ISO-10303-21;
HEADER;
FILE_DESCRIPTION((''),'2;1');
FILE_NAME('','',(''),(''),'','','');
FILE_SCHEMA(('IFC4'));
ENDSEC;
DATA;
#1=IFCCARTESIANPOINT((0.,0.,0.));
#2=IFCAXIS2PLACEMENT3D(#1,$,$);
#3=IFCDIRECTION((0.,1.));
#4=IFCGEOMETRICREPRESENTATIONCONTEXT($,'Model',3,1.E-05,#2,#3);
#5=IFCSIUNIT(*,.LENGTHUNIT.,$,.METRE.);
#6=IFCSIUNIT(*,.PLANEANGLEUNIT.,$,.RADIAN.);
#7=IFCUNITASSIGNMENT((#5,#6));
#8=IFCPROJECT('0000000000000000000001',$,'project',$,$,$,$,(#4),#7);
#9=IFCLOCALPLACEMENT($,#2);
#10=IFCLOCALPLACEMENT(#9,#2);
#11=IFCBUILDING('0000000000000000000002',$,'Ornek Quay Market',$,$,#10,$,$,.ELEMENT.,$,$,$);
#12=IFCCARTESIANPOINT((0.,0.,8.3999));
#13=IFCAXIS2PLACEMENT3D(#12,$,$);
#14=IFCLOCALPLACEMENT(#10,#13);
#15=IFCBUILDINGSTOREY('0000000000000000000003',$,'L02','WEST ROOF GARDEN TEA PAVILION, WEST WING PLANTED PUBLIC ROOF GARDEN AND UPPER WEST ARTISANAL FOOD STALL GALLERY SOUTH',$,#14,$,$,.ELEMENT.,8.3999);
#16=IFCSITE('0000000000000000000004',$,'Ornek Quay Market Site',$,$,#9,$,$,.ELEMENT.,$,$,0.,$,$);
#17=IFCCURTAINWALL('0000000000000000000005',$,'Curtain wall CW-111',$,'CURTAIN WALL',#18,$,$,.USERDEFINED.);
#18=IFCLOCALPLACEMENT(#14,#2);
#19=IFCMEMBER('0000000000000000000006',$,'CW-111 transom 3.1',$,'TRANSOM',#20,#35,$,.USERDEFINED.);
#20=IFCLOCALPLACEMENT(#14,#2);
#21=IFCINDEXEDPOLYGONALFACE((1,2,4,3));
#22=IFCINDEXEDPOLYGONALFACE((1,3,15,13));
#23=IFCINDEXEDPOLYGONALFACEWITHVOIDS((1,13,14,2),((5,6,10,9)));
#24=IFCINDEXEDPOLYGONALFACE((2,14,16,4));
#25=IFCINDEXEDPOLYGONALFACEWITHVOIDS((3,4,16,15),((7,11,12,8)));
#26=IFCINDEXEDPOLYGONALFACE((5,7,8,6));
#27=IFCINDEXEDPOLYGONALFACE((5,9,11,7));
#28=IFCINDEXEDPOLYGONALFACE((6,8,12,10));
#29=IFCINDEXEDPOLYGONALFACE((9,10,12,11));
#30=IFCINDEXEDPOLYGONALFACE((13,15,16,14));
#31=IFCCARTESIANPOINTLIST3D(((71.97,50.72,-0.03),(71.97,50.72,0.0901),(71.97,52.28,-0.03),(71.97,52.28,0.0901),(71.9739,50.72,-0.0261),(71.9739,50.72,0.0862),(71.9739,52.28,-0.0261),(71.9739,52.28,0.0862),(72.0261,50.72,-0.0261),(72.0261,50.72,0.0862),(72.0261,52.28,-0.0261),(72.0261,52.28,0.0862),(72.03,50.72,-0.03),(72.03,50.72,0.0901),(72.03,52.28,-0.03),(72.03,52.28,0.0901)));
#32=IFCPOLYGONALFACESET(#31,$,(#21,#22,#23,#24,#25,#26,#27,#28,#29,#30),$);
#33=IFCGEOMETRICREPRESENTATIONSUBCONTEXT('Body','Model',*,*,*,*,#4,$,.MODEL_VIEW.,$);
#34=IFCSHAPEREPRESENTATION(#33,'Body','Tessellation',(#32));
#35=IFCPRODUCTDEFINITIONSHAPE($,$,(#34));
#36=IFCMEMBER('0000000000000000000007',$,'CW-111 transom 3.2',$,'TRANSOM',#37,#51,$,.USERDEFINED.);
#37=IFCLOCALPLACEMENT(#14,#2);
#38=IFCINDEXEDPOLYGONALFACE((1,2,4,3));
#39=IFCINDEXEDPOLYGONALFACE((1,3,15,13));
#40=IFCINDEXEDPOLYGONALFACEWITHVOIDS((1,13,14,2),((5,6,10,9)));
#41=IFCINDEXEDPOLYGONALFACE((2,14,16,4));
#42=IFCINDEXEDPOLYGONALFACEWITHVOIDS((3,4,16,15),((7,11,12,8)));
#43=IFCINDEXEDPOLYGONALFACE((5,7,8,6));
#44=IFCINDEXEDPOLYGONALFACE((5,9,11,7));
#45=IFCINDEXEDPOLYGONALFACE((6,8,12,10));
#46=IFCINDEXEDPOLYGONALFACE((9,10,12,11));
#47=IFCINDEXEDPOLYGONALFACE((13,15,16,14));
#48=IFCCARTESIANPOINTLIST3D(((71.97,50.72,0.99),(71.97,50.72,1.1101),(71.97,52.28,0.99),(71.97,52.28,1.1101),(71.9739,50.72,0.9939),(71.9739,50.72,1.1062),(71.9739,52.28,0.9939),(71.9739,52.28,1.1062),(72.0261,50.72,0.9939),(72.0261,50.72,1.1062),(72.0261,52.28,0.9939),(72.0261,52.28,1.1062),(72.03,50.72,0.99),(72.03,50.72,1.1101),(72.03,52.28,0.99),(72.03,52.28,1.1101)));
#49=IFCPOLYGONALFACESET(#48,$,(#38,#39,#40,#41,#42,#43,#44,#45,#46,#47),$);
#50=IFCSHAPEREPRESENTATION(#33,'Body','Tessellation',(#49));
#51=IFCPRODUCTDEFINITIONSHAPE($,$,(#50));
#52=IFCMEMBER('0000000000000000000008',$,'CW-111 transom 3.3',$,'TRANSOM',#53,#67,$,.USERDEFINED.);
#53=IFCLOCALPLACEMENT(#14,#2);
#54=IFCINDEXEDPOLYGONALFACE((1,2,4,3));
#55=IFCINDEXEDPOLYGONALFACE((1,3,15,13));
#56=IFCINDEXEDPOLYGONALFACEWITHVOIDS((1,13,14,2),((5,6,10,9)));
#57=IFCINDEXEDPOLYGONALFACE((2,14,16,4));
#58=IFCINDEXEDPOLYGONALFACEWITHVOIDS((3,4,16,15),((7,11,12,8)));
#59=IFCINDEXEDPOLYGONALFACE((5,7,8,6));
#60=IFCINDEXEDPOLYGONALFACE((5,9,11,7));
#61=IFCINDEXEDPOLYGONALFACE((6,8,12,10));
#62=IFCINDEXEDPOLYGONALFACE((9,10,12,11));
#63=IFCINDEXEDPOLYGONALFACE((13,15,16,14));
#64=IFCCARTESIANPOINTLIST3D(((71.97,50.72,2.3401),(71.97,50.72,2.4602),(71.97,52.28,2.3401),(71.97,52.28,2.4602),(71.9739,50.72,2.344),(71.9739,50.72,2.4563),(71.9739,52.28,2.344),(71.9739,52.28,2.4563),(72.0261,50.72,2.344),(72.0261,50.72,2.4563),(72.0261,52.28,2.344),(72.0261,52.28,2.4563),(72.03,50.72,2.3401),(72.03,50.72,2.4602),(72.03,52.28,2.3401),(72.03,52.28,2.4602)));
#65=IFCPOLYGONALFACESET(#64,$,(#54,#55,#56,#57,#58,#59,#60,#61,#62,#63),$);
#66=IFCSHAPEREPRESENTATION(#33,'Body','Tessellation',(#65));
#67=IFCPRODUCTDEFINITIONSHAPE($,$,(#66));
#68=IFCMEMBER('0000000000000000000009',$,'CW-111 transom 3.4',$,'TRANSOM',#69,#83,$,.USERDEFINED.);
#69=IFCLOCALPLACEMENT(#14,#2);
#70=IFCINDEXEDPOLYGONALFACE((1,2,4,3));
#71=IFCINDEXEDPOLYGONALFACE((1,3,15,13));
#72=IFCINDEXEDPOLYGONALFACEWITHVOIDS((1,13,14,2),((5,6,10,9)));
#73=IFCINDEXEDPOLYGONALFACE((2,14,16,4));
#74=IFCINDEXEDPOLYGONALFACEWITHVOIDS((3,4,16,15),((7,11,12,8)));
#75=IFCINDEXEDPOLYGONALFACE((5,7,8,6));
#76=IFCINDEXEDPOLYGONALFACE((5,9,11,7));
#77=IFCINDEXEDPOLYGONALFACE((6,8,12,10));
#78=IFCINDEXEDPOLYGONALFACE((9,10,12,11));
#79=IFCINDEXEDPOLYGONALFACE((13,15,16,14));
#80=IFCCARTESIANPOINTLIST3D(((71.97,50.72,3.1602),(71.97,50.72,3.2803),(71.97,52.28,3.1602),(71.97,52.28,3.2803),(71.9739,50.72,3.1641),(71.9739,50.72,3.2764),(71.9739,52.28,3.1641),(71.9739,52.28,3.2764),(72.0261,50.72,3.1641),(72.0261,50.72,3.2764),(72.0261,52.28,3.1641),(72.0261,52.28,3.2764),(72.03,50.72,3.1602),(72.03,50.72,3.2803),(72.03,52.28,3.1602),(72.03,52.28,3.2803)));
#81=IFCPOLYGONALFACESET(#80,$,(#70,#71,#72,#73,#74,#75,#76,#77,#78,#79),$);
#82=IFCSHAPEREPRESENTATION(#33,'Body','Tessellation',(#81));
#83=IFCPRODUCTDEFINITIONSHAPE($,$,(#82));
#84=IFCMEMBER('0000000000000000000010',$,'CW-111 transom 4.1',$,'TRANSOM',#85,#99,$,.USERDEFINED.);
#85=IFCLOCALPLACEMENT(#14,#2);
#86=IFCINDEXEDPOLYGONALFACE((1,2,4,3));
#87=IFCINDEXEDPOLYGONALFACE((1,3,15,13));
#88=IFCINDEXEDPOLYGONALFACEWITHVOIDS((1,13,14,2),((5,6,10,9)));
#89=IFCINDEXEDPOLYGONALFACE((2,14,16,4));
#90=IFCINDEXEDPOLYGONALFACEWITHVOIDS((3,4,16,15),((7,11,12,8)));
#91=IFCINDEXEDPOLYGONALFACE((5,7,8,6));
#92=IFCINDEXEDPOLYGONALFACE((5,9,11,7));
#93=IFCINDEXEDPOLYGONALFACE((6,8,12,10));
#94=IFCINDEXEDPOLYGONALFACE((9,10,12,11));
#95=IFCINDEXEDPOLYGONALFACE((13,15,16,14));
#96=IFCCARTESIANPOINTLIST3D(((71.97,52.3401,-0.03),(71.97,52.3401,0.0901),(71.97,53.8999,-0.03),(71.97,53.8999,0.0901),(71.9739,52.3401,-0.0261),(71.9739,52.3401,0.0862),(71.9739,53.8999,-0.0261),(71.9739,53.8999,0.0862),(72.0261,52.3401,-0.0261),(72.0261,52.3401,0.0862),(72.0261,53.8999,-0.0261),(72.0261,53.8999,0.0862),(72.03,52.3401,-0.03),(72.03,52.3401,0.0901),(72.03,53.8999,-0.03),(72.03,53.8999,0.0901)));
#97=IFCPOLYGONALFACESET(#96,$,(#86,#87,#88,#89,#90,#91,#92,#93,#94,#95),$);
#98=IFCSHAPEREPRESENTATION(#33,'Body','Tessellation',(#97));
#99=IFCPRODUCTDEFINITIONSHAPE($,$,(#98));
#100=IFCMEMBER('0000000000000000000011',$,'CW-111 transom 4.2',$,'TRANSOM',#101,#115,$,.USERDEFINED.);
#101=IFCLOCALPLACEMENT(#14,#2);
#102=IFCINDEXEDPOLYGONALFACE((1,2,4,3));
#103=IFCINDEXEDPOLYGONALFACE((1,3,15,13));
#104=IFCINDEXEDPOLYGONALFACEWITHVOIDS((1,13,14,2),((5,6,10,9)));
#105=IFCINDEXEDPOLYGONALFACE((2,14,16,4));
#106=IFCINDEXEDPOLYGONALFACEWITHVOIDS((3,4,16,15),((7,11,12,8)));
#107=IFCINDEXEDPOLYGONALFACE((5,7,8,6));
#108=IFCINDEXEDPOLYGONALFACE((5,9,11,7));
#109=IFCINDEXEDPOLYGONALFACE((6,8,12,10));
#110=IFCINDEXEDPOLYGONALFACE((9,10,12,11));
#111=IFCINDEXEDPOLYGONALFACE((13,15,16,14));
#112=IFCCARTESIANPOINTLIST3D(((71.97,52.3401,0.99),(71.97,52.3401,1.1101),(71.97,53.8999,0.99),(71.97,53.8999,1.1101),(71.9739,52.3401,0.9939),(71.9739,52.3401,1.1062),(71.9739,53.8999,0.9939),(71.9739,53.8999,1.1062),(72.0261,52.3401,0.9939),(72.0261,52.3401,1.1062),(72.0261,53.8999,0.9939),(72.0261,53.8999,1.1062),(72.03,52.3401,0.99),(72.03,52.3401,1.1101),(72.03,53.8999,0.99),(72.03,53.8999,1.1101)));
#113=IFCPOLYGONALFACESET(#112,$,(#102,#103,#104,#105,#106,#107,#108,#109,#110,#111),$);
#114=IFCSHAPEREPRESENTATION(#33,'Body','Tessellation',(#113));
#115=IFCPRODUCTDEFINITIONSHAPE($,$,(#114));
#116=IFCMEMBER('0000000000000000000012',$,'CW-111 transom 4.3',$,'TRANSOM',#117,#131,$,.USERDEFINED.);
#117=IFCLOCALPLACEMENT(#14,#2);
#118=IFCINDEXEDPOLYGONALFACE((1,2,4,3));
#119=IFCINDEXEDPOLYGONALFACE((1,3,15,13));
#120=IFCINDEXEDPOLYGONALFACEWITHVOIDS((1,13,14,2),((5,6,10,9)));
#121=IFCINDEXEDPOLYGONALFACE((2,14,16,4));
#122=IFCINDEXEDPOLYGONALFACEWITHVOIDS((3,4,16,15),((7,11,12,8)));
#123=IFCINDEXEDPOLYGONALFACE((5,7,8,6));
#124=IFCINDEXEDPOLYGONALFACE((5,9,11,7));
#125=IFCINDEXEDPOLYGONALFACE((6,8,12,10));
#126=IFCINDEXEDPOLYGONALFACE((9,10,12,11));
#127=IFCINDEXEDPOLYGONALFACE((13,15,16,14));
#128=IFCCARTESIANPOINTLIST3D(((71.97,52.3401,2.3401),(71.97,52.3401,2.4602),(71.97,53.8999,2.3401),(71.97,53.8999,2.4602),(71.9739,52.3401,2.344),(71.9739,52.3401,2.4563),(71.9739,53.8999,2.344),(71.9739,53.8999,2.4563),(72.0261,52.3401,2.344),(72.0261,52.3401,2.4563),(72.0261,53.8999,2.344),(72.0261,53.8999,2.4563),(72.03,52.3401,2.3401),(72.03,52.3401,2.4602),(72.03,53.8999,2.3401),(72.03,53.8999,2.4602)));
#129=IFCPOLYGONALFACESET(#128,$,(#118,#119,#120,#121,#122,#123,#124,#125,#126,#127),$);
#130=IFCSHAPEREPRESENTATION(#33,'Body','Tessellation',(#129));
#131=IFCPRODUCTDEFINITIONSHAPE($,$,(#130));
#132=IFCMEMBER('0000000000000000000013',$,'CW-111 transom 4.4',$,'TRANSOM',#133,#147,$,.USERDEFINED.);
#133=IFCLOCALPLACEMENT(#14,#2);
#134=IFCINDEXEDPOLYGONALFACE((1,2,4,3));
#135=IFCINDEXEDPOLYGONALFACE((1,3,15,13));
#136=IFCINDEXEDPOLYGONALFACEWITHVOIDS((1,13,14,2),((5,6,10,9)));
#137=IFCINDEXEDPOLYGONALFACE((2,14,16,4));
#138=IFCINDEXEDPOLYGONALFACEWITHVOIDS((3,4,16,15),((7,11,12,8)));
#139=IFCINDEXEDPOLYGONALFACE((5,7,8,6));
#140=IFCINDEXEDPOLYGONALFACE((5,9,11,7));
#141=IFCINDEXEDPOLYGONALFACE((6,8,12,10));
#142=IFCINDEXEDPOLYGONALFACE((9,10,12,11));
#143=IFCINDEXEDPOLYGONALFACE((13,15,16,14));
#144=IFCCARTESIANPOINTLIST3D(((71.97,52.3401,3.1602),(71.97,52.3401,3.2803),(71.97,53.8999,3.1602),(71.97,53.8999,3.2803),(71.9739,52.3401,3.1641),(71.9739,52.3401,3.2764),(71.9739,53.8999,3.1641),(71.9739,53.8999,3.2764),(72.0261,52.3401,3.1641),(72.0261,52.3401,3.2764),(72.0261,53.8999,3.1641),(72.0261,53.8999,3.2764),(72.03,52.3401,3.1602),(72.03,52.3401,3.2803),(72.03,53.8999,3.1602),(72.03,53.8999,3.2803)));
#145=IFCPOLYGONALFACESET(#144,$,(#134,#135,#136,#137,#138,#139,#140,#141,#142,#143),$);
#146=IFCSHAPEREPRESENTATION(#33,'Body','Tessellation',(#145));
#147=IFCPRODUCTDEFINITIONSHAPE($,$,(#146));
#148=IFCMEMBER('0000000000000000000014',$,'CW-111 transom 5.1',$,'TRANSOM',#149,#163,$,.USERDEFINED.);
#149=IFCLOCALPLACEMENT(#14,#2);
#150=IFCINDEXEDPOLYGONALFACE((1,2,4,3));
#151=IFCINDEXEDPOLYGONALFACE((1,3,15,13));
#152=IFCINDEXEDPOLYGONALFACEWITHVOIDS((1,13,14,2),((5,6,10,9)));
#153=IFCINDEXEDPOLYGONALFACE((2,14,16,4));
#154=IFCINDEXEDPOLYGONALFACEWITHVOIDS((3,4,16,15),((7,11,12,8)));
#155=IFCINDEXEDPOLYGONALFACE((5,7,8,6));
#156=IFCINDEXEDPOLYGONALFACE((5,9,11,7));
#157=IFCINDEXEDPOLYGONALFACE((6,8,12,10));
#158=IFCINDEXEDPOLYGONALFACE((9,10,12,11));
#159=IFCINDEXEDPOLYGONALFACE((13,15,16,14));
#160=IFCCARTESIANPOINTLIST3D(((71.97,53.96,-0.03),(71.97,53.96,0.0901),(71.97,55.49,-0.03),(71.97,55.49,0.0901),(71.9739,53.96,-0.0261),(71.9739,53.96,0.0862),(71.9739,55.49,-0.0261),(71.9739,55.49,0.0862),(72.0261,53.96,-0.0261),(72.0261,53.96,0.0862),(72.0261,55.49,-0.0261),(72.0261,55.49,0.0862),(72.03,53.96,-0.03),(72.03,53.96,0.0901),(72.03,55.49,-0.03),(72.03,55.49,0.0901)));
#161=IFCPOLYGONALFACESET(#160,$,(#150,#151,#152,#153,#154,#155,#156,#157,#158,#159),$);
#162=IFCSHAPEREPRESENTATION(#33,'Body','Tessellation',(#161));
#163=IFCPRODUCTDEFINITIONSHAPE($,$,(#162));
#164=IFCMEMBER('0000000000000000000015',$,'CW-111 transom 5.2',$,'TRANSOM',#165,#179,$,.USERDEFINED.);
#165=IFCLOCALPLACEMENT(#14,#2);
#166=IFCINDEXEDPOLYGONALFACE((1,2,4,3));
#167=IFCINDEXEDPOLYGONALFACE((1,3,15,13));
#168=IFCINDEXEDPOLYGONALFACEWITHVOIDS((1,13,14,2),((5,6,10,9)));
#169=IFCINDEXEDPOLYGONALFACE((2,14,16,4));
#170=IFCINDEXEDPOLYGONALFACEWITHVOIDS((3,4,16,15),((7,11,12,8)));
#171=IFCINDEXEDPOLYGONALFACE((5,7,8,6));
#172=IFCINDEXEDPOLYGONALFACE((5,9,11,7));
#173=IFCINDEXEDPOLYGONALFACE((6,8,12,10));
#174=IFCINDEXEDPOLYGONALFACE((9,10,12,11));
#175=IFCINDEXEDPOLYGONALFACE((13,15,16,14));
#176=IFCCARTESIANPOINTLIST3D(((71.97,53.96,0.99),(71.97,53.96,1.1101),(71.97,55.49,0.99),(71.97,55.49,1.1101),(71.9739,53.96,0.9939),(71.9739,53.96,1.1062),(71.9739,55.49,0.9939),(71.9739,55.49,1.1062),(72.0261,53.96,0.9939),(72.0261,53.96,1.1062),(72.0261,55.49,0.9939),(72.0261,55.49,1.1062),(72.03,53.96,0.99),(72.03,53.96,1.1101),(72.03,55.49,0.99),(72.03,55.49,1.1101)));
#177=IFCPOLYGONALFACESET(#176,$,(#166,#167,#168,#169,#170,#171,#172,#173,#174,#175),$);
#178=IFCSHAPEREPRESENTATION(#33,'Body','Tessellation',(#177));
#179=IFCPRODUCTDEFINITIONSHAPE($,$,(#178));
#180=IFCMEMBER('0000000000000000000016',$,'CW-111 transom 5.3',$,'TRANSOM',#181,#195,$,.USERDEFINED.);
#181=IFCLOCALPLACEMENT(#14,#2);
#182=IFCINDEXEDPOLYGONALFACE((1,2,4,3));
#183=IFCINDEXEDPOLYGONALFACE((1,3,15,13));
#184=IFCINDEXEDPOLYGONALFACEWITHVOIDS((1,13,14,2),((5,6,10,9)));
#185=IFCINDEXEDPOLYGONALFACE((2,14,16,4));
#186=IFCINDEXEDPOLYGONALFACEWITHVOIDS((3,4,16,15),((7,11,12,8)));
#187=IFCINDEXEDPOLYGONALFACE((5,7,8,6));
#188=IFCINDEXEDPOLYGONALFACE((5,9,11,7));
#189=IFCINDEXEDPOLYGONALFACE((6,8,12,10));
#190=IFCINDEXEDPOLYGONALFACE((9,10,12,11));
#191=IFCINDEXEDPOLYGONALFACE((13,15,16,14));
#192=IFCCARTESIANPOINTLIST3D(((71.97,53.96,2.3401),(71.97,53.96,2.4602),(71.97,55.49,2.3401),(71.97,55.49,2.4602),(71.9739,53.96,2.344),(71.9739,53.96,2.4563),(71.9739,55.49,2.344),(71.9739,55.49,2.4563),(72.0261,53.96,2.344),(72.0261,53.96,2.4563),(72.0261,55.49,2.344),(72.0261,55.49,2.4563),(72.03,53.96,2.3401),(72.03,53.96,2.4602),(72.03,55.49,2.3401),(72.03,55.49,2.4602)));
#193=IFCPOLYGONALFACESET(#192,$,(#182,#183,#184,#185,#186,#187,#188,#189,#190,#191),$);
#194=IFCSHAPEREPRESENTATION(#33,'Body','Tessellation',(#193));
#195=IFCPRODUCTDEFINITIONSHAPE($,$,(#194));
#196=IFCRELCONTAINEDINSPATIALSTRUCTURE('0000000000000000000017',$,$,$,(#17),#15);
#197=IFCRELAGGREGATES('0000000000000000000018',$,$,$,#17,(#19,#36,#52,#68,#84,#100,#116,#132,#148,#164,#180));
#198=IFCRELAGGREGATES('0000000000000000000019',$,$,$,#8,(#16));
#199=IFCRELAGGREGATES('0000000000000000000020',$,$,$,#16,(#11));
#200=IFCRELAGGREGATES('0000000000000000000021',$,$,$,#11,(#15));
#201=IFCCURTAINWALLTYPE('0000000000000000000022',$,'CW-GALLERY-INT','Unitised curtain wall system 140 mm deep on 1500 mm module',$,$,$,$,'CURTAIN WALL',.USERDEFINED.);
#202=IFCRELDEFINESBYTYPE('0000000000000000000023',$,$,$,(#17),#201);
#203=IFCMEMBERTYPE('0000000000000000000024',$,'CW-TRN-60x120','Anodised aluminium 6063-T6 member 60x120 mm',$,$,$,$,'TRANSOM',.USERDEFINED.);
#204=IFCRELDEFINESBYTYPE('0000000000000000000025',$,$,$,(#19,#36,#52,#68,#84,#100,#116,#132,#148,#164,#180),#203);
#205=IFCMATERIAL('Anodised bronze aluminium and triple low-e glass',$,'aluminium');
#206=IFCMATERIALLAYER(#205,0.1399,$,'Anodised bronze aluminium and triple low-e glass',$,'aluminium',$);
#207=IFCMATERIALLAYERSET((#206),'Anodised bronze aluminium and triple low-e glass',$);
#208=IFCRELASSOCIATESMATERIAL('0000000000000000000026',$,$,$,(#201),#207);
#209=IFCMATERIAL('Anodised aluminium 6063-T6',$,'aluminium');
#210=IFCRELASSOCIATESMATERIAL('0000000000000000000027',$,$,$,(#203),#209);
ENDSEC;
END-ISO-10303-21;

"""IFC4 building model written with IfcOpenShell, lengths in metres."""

from ifc_helpers import new_model, si_unit, direction, frame, origin, origin_2d, place, context, subcontext, project, spatial, hollow_rectangle, extrude, material, layer, layer_set, material_profile, profile_set, type_object, element, aggregate, save


model = new_model("IFC4")

# Units and contexts
model_context = context("Model", 3, precision=1e-05, world=origin(), true_north=direction((0.0, 1.0)))
body_context = subcontext(model_context, "Body", "Model", "MODEL_VIEW")
ifc_project = project(units=[si_unit("LENGTHUNIT", "METRE"), si_unit("PLANEANGLEUNIT", "RADIAN")], contexts=[model_context])

# Site, building, storey
site_placement = place(None, origin())
site = spatial("IfcSite", under=ifc_project, at=site_placement, Name="Ornek Quay Market Site", CompositionType="ELEMENT", RefElevation=0.0)
building_placement = place(site_placement, origin())
building = spatial("IfcBuilding", under=site, at=building_placement, Name="Ornek Quay Market", CompositionType="ELEMENT")
storey_placement = place(building_placement, frame((0.0, 0.0, 8.3999)))
storey = spatial("IfcBuildingStorey", under=building, at=storey_placement, Name="L02", Description="WEST ROOF GARDEN TEA PAVILION, WEST WING PLANTED PUBLIC ROOF GARDEN AND UPPER WEST ARTISANAL FOOD STALL GALLERY SOUTH", CompositionType="ELEMENT", Elevation=8.3999)

# Curtain wall, members
ifc_material_1 = material(Name="Anodised bronze aluminium and triple low-e glass", Category="aluminium")
ifc_layer_1 = layer(ifc_material_1, 0.1399, Name="Anodised bronze aluminium and triple low-e glass", Category="aluminium")
ifc_layer_set_1 = layer_set([ifc_layer_1], Name="Anodised bronze aluminium and triple low-e glass")
curtain_wall_type = type_object("IfcCurtainWallType", Name="CW-GALLERY-INT", Description="Unitised curtain wall system 140 mm deep on 1500 mm module", ElementType="CURTAIN WALL", PredefinedType="USERDEFINED", material=ifc_layer_set_1)
curtain_wall_placement = place(storey_placement, origin())
curtain_wall = element("IfcCurtainWall", 1, at=curtain_wall_placement, inside=storey, type_object=curtain_wall_type, Name="Curtain wall CW-111", ObjectType="CURTAIN WALL", PredefinedType="USERDEFINED")
ifc_material_2 = material(Name="Anodised aluminium 6063-T6", Category="aluminium")
ifc_material_profile_1 = material_profile(ifc_material_2, hollow_rectangle(XDim=0.0601, YDim=0.1201, WallThickness=0.0039, at=origin_2d()), Name="CW-TRN-60x120", Category="aluminium")
ifc_profile_set_1 = profile_set([ifc_material_profile_1], Name="Anodised aluminium 6063-T6")
member_type_1 = type_object("IfcMemberType", Name="CW-TRN-60x120", Description="Anodised aluminium 6063-T6 member 60x120 mm", ElementType="TRANSOM", PredefinedType="USERDEFINED", material=ifc_profile_set_1)
member_1_placement = place(storey_placement, frame((72.0, 50.72, 0.03), z_axis=(0.0, 1.0, 0.0), x_axis=(-1.0, 0.0, 0.0)))
member_1 = element("IfcMember", 2, at=member_1_placement, type_object=member_type_1, Name="CW-111 transom 3.1", ObjectType="TRANSOM", PredefinedType="USERDEFINED", context=body_context, shape_type="SweptSolid", body=[
    extrude(hollow_rectangle(XDim=0.0601, YDim=0.1201, WallThickness=0.0039, at=origin_2d()), origin(), (0.0, 0.0, 1.0), 1.5601),
])
member_2_placement = place(storey_placement, frame((72.0, 50.72, 1.05), z_axis=(0.0, 1.0, 0.0), x_axis=(-1.0, 0.0, 0.0)))
member_2 = element("IfcMember", 3, at=member_2_placement, type_object=member_type_1, Name="CW-111 transom 3.2", ObjectType="TRANSOM", PredefinedType="USERDEFINED", context=body_context, shape_type="SweptSolid", body=[
    extrude(hollow_rectangle(XDim=0.0601, YDim=0.1201, WallThickness=0.0039, at=origin_2d()), origin(), (0.0, 0.0, 1.0), 1.5601),
])
member_3_placement = place(storey_placement, frame((72.0, 50.72, 2.4001), z_axis=(0.0, 1.0, 0.0), x_axis=(-1.0, 0.0, 0.0)))
member_3 = element("IfcMember", 4, at=member_3_placement, type_object=member_type_1, Name="CW-111 transom 3.3", ObjectType="TRANSOM", PredefinedType="USERDEFINED", context=body_context, shape_type="SweptSolid", body=[
    extrude(hollow_rectangle(XDim=0.0601, YDim=0.1201, WallThickness=0.0039, at=origin_2d()), origin(), (0.0, 0.0, 1.0), 1.5601),
])
member_4_placement = place(storey_placement, frame((72.0, 50.72, 3.2202), z_axis=(0.0, 1.0, 0.0), x_axis=(-1.0, 0.0, 0.0)))
member_4 = element("IfcMember", 5, at=member_4_placement, type_object=member_type_1, Name="CW-111 transom 3.4", ObjectType="TRANSOM", PredefinedType="USERDEFINED", context=body_context, shape_type="SweptSolid", body=[
    extrude(hollow_rectangle(XDim=0.0601, YDim=0.1201, WallThickness=0.0039, at=origin_2d()), origin(), (0.0, 0.0, 1.0), 1.5601),
])
member_5_placement = place(storey_placement, frame((72.0, 52.3401, 0.03), z_axis=(0.0, 1.0, 0.0), x_axis=(-1.0, 0.0, 0.0)))
member_5 = element("IfcMember", 6, at=member_5_placement, type_object=member_type_1, Name="CW-111 transom 4.1", ObjectType="TRANSOM", PredefinedType="USERDEFINED", context=body_context, shape_type="SweptSolid", body=[
    extrude(hollow_rectangle(XDim=0.0601, YDim=0.1201, WallThickness=0.0039, at=origin_2d()), origin(), (0.0, 0.0, 1.0), 1.5598),
])
member_6_placement = place(storey_placement, frame((72.0, 52.3401, 1.05), z_axis=(0.0, 1.0, 0.0), x_axis=(-1.0, 0.0, 0.0)))
member_6 = element("IfcMember", 7, at=member_6_placement, type_object=member_type_1, Name="CW-111 transom 4.2", ObjectType="TRANSOM", PredefinedType="USERDEFINED", context=body_context, shape_type="SweptSolid", body=[
    extrude(hollow_rectangle(XDim=0.0601, YDim=0.1201, WallThickness=0.0039, at=origin_2d()), origin(), (0.0, 0.0, 1.0), 1.5598),
])
member_7_placement = place(storey_placement, frame((72.0, 52.3401, 2.4001), z_axis=(0.0, 1.0, 0.0), x_axis=(-1.0, 0.0, 0.0)))
member_7 = element("IfcMember", 8, at=member_7_placement, type_object=member_type_1, Name="CW-111 transom 4.3", ObjectType="TRANSOM", PredefinedType="USERDEFINED", context=body_context, shape_type="SweptSolid", body=[
    extrude(hollow_rectangle(XDim=0.0601, YDim=0.1201, WallThickness=0.0039, at=origin_2d()), origin(), (0.0, 0.0, 1.0), 1.5598),
])
member_8_placement = place(storey_placement, frame((72.0, 52.3401, 3.2202), z_axis=(0.0, 1.0, 0.0), x_axis=(-1.0, 0.0, 0.0)))
member_8 = element("IfcMember", 9, at=member_8_placement, type_object=member_type_1, Name="CW-111 transom 4.4", ObjectType="TRANSOM", PredefinedType="USERDEFINED", context=body_context, shape_type="SweptSolid", body=[
    extrude(hollow_rectangle(XDim=0.0601, YDim=0.1201, WallThickness=0.0039, at=origin_2d()), origin(), (0.0, 0.0, 1.0), 1.5598),
])
member_9_placement = place(storey_placement, frame((72.0, 53.96, 0.03), z_axis=(0.0, 1.0, 0.0), x_axis=(-1.0, 0.0, 0.0)))
member_9 = element("IfcMember", 10, at=member_9_placement, type_object=member_type_1, Name="CW-111 transom 5.1", ObjectType="TRANSOM", PredefinedType="USERDEFINED", context=body_context, shape_type="SweptSolid", body=[
    extrude(hollow_rectangle(XDim=0.0601, YDim=0.1201, WallThickness=0.0039, at=origin_2d()), origin(), (0.0, 0.0, 1.0), 1.53),
])
member_10_placement = place(storey_placement, frame((72.0, 53.96, 1.05), z_axis=(0.0, 1.0, 0.0), x_axis=(-1.0, 0.0, 0.0)))
member_10 = element("IfcMember", 11, at=member_10_placement, type_object=member_type_1, Name="CW-111 transom 5.2", ObjectType="TRANSOM", PredefinedType="USERDEFINED", context=body_context, shape_type="SweptSolid", body=[
    extrude(hollow_rectangle(XDim=0.0601, YDim=0.1201, WallThickness=0.0039, at=origin_2d()), origin(), (0.0, 0.0, 1.0), 1.53),
])
member_11_placement = place(storey_placement, frame((72.0, 53.96, 2.4001), z_axis=(0.0, 1.0, 0.0), x_axis=(-1.0, 0.0, 0.0)))
member_11 = element("IfcMember", 12, at=member_11_placement, type_object=member_type_1, Name="CW-111 transom 5.3", ObjectType="TRANSOM", PredefinedType="USERDEFINED", context=body_context, shape_type="SweptSolid", body=[
    extrude(hollow_rectangle(XDim=0.0601, YDim=0.1201, WallThickness=0.0039, at=origin_2d()), origin(), (0.0, 0.0, 1.0), 1.53),
])
aggregate(curtain_wall, [member_1, member_2, member_3, member_4, member_5, member_6, member_7, member_8, member_9, member_10, member_11])

save(model, "model.ifc")
